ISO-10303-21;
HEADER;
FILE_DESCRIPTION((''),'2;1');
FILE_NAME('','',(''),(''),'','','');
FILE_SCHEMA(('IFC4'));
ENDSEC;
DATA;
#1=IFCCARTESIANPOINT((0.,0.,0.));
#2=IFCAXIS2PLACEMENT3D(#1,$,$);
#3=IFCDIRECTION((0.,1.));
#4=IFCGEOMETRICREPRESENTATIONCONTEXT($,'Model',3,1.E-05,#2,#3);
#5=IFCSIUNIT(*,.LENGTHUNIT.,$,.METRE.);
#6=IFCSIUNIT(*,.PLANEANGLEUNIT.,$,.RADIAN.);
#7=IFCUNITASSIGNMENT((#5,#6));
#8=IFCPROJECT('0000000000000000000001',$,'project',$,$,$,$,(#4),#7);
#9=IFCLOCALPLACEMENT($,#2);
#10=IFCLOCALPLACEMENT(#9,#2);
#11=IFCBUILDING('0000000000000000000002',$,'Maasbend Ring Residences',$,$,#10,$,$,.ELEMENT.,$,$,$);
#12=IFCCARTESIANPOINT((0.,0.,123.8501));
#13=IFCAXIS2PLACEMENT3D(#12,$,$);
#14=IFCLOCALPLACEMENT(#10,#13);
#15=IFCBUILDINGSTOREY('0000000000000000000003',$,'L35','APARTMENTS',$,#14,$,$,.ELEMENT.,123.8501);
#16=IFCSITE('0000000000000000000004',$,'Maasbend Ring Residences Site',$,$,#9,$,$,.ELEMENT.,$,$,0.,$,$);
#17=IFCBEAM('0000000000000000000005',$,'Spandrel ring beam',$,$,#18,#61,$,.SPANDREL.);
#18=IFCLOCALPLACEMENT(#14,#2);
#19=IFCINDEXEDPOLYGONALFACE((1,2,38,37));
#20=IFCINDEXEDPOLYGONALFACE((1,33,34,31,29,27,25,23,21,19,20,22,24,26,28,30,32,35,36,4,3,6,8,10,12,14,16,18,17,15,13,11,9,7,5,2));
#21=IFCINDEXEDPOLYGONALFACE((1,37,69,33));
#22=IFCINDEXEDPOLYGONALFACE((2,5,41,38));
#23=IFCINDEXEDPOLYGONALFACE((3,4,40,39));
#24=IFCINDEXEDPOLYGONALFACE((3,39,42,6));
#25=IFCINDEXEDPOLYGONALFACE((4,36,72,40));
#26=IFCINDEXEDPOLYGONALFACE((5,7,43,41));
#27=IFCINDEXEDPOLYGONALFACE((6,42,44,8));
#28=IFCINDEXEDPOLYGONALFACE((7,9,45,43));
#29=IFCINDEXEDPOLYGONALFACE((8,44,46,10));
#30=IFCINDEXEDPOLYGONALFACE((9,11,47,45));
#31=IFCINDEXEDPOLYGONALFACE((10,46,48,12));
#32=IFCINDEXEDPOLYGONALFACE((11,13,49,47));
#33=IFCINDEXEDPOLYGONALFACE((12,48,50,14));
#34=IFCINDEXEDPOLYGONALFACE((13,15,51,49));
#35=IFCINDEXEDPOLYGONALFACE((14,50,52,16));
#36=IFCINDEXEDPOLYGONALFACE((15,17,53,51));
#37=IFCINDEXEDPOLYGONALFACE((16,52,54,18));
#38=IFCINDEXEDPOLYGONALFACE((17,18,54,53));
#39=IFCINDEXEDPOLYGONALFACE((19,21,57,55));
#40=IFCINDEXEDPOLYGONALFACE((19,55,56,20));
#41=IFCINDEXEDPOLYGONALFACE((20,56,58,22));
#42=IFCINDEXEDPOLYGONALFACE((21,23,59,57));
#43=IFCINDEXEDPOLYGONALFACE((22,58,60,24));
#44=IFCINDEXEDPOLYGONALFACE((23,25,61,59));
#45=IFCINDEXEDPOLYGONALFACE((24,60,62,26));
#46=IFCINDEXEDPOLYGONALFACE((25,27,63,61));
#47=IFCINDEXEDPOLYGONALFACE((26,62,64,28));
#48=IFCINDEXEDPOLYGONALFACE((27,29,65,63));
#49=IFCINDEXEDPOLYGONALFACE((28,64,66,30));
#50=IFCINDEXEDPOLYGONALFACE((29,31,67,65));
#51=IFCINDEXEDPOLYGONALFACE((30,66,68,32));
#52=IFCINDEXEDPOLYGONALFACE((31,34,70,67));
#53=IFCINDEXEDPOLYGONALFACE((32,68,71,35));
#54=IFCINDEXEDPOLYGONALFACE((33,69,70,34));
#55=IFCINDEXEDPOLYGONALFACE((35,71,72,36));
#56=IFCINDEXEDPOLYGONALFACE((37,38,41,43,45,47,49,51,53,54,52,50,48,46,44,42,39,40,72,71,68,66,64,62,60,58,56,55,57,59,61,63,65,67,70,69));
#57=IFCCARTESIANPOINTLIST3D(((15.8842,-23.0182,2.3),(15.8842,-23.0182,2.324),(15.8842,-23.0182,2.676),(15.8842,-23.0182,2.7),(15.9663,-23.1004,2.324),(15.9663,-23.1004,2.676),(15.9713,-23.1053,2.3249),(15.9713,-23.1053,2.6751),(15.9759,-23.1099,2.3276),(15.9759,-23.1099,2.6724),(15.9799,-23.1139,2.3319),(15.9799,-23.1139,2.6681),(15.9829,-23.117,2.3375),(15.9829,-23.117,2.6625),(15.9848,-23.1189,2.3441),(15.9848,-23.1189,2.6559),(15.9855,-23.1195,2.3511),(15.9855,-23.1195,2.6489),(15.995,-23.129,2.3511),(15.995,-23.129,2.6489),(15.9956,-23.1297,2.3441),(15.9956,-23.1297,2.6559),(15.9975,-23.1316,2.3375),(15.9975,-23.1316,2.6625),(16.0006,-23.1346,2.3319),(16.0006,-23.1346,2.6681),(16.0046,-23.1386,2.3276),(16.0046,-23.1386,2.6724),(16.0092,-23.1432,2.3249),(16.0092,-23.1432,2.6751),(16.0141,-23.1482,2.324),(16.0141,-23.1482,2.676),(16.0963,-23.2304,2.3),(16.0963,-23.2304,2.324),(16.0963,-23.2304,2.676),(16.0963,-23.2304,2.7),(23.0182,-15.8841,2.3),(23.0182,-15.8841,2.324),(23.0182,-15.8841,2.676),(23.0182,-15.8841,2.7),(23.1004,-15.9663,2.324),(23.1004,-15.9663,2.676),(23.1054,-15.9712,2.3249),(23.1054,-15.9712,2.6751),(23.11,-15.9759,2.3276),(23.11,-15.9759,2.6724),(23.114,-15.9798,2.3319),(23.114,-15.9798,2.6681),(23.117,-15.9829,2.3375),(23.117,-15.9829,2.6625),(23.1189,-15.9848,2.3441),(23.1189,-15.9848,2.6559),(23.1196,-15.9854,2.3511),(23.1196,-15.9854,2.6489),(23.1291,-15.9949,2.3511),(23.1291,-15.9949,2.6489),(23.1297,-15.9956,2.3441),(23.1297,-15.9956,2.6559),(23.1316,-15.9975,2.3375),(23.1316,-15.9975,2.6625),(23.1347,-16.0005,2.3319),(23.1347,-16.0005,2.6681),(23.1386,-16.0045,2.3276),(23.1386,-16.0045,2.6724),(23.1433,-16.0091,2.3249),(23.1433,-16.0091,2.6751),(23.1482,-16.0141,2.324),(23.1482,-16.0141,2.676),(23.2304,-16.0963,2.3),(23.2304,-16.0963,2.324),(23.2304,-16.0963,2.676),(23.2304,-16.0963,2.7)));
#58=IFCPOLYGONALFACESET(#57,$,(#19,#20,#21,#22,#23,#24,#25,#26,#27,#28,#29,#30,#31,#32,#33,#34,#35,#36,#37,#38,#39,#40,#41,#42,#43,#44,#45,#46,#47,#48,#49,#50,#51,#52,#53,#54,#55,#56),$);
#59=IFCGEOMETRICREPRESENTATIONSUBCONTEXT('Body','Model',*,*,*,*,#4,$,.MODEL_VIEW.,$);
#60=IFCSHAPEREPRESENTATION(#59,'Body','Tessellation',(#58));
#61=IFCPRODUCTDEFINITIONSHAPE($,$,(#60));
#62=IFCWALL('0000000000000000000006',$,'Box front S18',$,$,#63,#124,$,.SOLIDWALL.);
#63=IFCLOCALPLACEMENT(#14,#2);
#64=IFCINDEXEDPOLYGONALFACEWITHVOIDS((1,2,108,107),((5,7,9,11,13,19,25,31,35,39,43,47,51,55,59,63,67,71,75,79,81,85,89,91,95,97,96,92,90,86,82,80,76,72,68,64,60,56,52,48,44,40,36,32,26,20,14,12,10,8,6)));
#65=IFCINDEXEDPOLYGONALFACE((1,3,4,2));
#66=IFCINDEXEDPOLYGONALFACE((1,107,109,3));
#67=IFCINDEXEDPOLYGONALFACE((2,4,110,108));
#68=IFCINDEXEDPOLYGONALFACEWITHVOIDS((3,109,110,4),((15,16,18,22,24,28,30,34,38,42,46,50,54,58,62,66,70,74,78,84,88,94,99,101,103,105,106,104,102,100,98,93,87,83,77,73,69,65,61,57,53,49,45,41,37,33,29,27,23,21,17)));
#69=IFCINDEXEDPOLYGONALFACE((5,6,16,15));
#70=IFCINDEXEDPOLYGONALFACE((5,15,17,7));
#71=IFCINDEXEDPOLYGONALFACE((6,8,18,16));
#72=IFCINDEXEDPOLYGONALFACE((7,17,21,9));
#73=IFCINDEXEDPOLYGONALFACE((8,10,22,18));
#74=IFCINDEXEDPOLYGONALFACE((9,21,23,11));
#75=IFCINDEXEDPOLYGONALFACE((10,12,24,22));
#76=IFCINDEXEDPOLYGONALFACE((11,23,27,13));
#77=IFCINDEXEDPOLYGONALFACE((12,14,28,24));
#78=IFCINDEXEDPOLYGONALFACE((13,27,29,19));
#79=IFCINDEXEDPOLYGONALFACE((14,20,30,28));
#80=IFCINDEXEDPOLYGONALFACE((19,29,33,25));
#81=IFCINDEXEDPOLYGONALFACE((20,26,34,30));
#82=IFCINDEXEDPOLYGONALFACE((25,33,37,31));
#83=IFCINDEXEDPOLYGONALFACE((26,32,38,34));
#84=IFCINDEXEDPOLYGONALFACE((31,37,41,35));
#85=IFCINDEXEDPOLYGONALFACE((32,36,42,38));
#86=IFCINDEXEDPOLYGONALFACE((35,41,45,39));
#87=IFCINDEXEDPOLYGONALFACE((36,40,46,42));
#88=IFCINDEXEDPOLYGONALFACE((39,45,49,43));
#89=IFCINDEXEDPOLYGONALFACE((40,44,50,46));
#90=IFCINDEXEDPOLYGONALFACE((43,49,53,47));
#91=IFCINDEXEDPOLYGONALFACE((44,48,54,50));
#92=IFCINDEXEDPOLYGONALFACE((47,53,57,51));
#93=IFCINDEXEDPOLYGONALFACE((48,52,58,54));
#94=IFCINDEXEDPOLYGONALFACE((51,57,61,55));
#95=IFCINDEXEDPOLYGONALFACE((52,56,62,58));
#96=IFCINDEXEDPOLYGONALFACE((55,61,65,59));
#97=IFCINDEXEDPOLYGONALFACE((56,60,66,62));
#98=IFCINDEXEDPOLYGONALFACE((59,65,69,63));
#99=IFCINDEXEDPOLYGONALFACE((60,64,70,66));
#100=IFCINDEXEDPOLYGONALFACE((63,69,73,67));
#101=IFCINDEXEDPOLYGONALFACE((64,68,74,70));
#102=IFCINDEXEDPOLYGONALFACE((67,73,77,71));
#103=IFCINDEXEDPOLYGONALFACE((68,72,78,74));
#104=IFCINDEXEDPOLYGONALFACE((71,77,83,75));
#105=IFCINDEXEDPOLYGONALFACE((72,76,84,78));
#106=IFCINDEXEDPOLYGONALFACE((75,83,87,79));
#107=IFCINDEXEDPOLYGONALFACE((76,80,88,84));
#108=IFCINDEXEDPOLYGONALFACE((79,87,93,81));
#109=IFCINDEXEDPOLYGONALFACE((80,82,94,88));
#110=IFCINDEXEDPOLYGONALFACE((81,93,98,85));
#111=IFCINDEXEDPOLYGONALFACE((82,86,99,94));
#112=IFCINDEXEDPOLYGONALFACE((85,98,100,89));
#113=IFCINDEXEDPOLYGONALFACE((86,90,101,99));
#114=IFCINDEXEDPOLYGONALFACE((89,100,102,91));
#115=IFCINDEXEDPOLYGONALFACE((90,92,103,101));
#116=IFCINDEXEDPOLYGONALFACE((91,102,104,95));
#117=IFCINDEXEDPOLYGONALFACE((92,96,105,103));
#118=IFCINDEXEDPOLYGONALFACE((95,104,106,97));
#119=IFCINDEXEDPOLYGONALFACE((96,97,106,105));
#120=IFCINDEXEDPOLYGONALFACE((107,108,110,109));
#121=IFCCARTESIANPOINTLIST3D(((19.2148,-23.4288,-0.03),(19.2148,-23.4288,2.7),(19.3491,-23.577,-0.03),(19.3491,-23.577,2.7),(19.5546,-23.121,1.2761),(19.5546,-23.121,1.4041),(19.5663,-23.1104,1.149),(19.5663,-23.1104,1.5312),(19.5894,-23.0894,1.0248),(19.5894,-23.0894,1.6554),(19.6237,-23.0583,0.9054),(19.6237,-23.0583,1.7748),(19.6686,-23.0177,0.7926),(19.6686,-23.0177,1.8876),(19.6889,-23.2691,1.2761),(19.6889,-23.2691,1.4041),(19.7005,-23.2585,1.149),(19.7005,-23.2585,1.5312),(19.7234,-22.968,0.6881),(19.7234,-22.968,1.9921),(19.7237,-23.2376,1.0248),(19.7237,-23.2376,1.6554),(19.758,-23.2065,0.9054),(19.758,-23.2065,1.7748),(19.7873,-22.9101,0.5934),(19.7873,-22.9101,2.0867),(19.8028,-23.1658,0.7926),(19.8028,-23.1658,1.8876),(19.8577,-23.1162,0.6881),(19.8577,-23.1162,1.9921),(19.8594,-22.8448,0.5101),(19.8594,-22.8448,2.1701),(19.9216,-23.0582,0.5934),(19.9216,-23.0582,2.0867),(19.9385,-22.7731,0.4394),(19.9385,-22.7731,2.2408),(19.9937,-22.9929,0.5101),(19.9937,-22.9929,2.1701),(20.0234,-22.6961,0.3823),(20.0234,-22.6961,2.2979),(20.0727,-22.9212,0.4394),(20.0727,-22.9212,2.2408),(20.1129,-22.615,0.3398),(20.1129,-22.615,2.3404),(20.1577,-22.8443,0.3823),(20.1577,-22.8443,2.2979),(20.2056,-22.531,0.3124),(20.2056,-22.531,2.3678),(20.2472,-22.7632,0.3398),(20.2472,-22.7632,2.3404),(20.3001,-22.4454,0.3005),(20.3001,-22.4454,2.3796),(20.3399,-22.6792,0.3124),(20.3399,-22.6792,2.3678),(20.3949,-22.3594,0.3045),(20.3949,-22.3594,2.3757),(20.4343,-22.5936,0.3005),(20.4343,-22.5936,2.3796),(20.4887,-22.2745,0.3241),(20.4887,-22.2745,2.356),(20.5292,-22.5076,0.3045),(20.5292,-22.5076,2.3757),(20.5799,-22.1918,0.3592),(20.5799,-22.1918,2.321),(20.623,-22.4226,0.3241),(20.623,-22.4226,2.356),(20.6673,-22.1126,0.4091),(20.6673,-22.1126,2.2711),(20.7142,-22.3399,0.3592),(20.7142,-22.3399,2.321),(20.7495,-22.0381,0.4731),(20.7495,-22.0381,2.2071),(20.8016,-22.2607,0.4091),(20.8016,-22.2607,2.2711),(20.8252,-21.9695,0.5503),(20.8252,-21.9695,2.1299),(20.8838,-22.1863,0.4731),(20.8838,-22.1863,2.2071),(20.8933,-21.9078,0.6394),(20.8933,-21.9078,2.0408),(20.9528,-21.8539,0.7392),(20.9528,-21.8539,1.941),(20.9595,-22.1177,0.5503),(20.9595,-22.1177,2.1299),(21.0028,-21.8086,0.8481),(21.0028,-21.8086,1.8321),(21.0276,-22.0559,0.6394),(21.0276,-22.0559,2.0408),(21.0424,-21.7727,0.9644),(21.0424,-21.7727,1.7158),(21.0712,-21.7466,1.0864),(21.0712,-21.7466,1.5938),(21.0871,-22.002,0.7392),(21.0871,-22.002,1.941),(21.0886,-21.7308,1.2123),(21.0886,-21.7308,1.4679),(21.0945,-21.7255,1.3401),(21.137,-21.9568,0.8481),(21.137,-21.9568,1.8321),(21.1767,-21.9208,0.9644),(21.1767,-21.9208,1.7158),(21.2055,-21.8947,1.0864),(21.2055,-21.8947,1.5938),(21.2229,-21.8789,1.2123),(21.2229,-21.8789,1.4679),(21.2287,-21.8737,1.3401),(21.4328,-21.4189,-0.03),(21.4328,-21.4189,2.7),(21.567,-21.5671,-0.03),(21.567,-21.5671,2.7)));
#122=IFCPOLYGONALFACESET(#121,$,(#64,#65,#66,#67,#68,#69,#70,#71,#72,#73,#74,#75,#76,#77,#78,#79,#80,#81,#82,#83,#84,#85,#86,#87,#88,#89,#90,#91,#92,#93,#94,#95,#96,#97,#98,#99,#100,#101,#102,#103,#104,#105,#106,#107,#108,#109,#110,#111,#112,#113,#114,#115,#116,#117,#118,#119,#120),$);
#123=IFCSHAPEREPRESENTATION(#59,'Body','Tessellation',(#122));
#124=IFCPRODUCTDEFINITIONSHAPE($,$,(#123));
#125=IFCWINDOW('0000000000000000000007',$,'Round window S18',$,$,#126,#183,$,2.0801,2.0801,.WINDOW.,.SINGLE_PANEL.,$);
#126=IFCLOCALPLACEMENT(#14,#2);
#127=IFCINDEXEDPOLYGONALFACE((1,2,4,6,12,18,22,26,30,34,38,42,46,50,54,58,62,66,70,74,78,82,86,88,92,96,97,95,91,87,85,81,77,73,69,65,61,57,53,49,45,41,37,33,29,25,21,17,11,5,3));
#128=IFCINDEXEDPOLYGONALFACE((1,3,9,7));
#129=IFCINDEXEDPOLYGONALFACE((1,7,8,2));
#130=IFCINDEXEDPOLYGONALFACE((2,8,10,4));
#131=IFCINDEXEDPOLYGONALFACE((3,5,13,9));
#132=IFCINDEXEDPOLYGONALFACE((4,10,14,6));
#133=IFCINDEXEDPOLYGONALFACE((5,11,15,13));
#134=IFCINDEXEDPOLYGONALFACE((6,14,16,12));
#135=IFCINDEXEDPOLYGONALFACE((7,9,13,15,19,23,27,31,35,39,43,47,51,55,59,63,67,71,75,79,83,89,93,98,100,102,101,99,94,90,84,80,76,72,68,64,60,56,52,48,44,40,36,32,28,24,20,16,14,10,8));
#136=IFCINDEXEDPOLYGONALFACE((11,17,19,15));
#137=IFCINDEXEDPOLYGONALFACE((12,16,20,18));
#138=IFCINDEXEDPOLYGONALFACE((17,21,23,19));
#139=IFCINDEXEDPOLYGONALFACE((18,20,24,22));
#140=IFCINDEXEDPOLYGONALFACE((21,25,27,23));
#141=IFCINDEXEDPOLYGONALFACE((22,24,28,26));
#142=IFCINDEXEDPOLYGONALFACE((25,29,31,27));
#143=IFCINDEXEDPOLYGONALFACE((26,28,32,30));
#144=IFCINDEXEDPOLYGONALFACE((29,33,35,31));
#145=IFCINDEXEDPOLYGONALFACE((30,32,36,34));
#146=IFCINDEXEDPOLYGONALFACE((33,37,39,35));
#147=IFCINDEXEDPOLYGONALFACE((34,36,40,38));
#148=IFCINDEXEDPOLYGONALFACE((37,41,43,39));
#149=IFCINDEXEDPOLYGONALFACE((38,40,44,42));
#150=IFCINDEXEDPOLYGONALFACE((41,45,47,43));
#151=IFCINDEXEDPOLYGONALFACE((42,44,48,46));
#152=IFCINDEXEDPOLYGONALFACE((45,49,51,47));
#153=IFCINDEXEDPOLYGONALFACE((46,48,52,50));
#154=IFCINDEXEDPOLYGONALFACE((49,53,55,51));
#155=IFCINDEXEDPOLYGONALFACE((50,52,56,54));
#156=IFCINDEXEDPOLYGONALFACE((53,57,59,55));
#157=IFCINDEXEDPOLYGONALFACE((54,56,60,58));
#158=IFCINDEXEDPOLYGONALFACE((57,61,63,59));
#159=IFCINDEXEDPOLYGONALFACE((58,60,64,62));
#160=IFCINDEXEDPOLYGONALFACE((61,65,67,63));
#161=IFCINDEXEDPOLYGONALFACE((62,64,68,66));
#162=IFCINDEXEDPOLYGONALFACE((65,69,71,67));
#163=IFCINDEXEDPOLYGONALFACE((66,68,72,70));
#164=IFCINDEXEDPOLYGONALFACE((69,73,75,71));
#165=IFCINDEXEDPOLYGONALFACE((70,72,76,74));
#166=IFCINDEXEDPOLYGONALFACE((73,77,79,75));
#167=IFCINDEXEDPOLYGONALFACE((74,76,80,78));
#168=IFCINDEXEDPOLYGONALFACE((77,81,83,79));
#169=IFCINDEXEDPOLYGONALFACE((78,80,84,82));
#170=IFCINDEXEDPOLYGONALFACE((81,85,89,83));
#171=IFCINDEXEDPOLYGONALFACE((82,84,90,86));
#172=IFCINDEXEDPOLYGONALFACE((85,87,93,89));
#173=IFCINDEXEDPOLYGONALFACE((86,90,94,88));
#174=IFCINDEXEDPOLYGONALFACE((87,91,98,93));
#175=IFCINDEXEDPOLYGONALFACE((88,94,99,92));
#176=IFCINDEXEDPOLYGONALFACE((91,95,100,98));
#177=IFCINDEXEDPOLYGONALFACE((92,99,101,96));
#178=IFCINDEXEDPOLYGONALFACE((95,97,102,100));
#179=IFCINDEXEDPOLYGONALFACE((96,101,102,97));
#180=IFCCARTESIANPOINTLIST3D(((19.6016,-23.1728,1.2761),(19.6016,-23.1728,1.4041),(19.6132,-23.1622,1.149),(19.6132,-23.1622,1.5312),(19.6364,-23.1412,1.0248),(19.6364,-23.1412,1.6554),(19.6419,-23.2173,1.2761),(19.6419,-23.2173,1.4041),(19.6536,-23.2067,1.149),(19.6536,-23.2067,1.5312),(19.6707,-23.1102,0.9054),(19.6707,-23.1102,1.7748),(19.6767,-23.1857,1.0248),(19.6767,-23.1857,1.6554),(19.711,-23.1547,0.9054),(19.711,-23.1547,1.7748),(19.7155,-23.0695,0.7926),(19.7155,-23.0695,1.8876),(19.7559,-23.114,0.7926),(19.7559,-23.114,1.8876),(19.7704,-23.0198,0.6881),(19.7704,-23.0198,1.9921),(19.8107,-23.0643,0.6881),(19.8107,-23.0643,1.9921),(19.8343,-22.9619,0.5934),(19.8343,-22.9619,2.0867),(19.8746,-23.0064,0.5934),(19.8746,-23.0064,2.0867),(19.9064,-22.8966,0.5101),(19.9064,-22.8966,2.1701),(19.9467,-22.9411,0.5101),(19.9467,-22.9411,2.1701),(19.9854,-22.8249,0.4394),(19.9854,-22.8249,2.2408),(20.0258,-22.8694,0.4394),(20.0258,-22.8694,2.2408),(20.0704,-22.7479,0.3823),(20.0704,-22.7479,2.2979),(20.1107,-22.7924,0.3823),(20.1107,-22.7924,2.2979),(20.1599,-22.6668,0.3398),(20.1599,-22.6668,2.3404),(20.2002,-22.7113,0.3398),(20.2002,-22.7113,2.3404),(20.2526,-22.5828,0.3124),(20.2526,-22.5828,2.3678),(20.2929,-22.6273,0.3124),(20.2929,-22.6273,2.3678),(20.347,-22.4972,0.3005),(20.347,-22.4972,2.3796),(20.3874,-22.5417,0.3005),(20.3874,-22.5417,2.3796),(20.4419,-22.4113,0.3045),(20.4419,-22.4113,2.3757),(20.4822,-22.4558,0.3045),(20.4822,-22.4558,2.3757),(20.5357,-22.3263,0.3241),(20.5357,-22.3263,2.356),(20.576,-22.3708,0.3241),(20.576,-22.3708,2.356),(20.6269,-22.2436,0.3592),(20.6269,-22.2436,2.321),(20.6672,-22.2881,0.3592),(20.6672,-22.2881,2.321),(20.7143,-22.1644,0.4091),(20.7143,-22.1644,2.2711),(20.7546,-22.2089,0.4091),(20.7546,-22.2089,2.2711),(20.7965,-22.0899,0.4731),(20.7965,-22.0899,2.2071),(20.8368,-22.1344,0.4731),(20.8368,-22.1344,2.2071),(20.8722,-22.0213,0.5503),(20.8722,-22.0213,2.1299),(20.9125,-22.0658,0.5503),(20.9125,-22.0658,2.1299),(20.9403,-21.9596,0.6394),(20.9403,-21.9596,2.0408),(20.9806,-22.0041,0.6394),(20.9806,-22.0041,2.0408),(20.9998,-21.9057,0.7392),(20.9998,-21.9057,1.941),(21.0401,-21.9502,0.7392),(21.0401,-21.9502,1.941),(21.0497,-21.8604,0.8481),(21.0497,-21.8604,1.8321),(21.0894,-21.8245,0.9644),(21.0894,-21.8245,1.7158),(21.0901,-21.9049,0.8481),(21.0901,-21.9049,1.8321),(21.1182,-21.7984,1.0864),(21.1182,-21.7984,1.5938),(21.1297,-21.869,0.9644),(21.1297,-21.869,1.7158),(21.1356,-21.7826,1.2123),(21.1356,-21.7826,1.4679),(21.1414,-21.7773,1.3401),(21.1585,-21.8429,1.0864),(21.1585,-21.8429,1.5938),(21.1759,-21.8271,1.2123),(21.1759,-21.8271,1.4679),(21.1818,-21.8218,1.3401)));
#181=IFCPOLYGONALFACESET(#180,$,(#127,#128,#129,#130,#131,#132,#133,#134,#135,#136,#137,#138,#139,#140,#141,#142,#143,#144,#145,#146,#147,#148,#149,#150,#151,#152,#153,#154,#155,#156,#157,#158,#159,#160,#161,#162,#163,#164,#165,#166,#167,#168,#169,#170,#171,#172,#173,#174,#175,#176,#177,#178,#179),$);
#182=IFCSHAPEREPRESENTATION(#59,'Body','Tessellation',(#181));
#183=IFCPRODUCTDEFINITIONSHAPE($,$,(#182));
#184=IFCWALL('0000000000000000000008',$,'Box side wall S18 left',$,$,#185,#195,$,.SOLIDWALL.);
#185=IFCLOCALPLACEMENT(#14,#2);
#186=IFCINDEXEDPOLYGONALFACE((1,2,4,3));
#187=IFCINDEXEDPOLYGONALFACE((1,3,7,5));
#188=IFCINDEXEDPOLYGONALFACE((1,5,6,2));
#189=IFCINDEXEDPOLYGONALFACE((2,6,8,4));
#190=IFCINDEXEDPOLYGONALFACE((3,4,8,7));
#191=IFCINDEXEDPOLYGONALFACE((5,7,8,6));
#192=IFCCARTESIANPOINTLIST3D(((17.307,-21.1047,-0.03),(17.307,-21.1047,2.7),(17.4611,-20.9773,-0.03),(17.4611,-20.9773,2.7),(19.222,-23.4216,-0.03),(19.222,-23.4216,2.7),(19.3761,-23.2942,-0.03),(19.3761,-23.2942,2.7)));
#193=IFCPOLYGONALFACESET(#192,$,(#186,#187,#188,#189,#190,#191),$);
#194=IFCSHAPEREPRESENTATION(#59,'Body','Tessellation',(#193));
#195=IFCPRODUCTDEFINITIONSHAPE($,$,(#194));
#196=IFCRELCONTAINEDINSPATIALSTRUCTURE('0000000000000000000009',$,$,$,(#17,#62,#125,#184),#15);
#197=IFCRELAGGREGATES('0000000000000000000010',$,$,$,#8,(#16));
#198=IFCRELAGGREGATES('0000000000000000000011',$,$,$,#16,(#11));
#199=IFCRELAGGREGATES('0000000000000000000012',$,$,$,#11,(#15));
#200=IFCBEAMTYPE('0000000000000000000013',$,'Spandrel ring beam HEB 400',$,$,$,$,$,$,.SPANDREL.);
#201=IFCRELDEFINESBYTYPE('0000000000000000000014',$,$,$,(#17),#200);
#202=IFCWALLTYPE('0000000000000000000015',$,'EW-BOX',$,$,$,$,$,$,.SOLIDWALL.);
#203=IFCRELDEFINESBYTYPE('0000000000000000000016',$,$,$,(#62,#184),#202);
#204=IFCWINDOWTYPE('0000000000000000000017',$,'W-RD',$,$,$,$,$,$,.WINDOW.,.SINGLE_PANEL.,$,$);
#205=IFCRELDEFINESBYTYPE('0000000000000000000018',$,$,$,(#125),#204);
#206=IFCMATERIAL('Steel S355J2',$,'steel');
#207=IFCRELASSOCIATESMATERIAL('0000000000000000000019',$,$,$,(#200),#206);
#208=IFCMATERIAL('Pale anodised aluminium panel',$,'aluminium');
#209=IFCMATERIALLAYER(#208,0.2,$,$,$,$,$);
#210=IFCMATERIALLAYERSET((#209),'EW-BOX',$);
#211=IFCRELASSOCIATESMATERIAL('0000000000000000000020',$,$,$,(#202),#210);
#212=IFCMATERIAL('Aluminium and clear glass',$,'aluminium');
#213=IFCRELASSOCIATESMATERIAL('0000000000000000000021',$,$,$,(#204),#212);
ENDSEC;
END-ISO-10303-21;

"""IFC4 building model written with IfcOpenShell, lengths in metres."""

from ifc_helpers import new_model, si_unit, direction, frame, frame_2d, origin, origin_2d, place, context, subcontext, project, spatial, rectangle, circle, i_section, extrude, material, layer, layer_set, material_profile, profile_set, type_object, element, fill, save


model = new_model("IFC4")

# Units and contexts
model_context = context("Model", 3, precision=1e-05, world=origin(), true_north=direction((0.0, 1.0)))
body_context = subcontext(model_context, "Body", "Model", "MODEL_VIEW")
ifc_project = project(units=[si_unit("LENGTHUNIT", "METRE"), si_unit("PLANEANGLEUNIT", "RADIAN")], contexts=[model_context])

# Site, building, storey
site_placement = place(None, origin())
site = spatial("IfcSite", under=ifc_project, at=site_placement, Name="Maasbend Ring Residences Site", CompositionType="ELEMENT", RefElevation=0.0)
building_placement = place(site_placement, origin())
building = spatial("IfcBuilding", under=site, at=building_placement, Name="Maasbend Ring Residences", CompositionType="ELEMENT")
storey_placement = place(building_placement, frame((0.0, 0.0, 123.8501)))
storey = spatial("IfcBuildingStorey", under=building, at=storey_placement, Name="L35", Description="APARTMENTS", CompositionType="ELEMENT", Elevation=123.8501)

# Beam
ifc_material_1 = material(Name="Steel S355J2", Category="steel")
ifc_material_profile_1 = material_profile(ifc_material_1, i_section(OverallWidth=0.3, OverallDepth=0.3999, WebThickness=0.0134, FlangeThickness=0.0239, FilletRadius=0.0271, at=origin_2d()), Name="HEB 400")
ifc_profile_set_1 = profile_set([ifc_material_profile_1], Name="Steel S355J2")
beam_type = type_object("IfcBeamType", Name="Spandrel ring beam HEB 400", PredefinedType="SPANDREL", material=ifc_profile_set_1)
beam_placement = place(storey_placement, frame((15.9902, -23.1243, 2.5), z_axis=(0.707107, 0.707107, 0.0), x_axis=(-0.707107, 0.707107, 0.0)))
element("IfcBeam", 1, at=beam_placement, inside=storey, type_object=beam_type, Name="Spandrel ring beam", PredefinedType="SPANDREL", context=body_context, shape_type="SweptSolid", body=[
    extrude(i_section(OverallWidth=0.3, OverallDepth=0.3999, WebThickness=0.0134, FlangeThickness=0.0239, FilletRadius=0.0271, at=origin_2d()), origin(), (0.0, 0.0, 1.0), 10.0891),
])

# Wall, opening, window
ifc_material_2 = material(Name="Pale anodised aluminium panel", Category="aluminium")
ifc_layer_1 = layer(ifc_material_2, 0.2)
ifc_layer_set_1 = layer_set([ifc_layer_1], Name="EW-BOX")
wall_type_1 = type_object("IfcWallType", Name="EW-BOX", PredefinedType="SOLIDWALL", material=ifc_layer_set_1)
wall_1_placement = place(storey_placement, frame((19.282, -23.5029, -0.03), z_axis=(0.0, 0.0, 1.0), x_axis=(0.740998, 0.671507, 0.0)))
wall_1 = element("IfcWall", 2, at=wall_1_placement, inside=storey, type_object=wall_type_1, Name="Box front S18", PredefinedType="SOLIDWALL", context=body_context, shape_type="SweptSolid", body=[
    extrude(rectangle(XDim=2.9932, YDim=0.2, at=frame_2d((1.4966, 0.0))), origin(), (0.0, 0.0, 1.0), 2.73),
])
opening_1_placement = place(wall_1_placement, frame((0.4565, 0.0, 0.3301)))
opening_1 = element("IfcOpeningElement", 3, at=opening_1_placement, cuts=wall_1, PredefinedType="OPENING", context=body_context, shape_type="SweptSolid", body=[
    extrude(circle(Radius=1.04, at=frame_2d((1.04, 1.04))), frame((0.0, 0.1099, 0.0), z_axis=(0.0, -1.0, 0.0), x_axis=(1.0, 0.0, 0.0)), (0.0, 0.0, 1.0), 0.22),
])
ifc_material_3 = material(Name="Aluminium and clear glass", Category="aluminium")
window_type_1 = type_object("IfcWindowType", Name="W-RD", PartitioningType="SINGLE_PANEL", PredefinedType="WINDOW", material=ifc_material_3)
window_1_placement = place(opening_1_placement, origin())
window_1 = element("IfcWindow", 4, at=window_1_placement, inside=storey, type_object=window_type_1, Name="Round window S18", OverallHeight=2.0801, OverallWidth=2.0801, PartitioningType="SINGLE_PANEL", PredefinedType="WINDOW", context=body_context, shape_type="SweptSolid", body=[
    extrude(circle(Radius=1.04, at=frame_2d((1.04, 1.04))), frame((0.0, 0.03, 0.0), z_axis=(0.0, -1.0, 0.0), x_axis=(1.0, 0.0, 0.0)), (0.0, 0.0, 1.0), 0.0601),
])
fill(opening_1, window_1)

# Wall
wall_2_placement = place(storey_placement, frame((17.384, -21.041, -0.03), z_axis=(0.0, 0.0, 1.0), x_axis=(0.637096, -0.770785, 0.0)))
element("IfcWall", 5, at=wall_2_placement, inside=storey, type_object=wall_type_1, Name="Box side wall S18 left", PredefinedType="SOLIDWALL", context=body_context, shape_type="SweptSolid", body=[
    extrude(rectangle(XDim=3.0059, YDim=0.2, at=frame_2d((1.5029, 0.0))), origin(), (0.0, 0.0, 1.0), 2.73),
])

save(model, "model.ifc")
